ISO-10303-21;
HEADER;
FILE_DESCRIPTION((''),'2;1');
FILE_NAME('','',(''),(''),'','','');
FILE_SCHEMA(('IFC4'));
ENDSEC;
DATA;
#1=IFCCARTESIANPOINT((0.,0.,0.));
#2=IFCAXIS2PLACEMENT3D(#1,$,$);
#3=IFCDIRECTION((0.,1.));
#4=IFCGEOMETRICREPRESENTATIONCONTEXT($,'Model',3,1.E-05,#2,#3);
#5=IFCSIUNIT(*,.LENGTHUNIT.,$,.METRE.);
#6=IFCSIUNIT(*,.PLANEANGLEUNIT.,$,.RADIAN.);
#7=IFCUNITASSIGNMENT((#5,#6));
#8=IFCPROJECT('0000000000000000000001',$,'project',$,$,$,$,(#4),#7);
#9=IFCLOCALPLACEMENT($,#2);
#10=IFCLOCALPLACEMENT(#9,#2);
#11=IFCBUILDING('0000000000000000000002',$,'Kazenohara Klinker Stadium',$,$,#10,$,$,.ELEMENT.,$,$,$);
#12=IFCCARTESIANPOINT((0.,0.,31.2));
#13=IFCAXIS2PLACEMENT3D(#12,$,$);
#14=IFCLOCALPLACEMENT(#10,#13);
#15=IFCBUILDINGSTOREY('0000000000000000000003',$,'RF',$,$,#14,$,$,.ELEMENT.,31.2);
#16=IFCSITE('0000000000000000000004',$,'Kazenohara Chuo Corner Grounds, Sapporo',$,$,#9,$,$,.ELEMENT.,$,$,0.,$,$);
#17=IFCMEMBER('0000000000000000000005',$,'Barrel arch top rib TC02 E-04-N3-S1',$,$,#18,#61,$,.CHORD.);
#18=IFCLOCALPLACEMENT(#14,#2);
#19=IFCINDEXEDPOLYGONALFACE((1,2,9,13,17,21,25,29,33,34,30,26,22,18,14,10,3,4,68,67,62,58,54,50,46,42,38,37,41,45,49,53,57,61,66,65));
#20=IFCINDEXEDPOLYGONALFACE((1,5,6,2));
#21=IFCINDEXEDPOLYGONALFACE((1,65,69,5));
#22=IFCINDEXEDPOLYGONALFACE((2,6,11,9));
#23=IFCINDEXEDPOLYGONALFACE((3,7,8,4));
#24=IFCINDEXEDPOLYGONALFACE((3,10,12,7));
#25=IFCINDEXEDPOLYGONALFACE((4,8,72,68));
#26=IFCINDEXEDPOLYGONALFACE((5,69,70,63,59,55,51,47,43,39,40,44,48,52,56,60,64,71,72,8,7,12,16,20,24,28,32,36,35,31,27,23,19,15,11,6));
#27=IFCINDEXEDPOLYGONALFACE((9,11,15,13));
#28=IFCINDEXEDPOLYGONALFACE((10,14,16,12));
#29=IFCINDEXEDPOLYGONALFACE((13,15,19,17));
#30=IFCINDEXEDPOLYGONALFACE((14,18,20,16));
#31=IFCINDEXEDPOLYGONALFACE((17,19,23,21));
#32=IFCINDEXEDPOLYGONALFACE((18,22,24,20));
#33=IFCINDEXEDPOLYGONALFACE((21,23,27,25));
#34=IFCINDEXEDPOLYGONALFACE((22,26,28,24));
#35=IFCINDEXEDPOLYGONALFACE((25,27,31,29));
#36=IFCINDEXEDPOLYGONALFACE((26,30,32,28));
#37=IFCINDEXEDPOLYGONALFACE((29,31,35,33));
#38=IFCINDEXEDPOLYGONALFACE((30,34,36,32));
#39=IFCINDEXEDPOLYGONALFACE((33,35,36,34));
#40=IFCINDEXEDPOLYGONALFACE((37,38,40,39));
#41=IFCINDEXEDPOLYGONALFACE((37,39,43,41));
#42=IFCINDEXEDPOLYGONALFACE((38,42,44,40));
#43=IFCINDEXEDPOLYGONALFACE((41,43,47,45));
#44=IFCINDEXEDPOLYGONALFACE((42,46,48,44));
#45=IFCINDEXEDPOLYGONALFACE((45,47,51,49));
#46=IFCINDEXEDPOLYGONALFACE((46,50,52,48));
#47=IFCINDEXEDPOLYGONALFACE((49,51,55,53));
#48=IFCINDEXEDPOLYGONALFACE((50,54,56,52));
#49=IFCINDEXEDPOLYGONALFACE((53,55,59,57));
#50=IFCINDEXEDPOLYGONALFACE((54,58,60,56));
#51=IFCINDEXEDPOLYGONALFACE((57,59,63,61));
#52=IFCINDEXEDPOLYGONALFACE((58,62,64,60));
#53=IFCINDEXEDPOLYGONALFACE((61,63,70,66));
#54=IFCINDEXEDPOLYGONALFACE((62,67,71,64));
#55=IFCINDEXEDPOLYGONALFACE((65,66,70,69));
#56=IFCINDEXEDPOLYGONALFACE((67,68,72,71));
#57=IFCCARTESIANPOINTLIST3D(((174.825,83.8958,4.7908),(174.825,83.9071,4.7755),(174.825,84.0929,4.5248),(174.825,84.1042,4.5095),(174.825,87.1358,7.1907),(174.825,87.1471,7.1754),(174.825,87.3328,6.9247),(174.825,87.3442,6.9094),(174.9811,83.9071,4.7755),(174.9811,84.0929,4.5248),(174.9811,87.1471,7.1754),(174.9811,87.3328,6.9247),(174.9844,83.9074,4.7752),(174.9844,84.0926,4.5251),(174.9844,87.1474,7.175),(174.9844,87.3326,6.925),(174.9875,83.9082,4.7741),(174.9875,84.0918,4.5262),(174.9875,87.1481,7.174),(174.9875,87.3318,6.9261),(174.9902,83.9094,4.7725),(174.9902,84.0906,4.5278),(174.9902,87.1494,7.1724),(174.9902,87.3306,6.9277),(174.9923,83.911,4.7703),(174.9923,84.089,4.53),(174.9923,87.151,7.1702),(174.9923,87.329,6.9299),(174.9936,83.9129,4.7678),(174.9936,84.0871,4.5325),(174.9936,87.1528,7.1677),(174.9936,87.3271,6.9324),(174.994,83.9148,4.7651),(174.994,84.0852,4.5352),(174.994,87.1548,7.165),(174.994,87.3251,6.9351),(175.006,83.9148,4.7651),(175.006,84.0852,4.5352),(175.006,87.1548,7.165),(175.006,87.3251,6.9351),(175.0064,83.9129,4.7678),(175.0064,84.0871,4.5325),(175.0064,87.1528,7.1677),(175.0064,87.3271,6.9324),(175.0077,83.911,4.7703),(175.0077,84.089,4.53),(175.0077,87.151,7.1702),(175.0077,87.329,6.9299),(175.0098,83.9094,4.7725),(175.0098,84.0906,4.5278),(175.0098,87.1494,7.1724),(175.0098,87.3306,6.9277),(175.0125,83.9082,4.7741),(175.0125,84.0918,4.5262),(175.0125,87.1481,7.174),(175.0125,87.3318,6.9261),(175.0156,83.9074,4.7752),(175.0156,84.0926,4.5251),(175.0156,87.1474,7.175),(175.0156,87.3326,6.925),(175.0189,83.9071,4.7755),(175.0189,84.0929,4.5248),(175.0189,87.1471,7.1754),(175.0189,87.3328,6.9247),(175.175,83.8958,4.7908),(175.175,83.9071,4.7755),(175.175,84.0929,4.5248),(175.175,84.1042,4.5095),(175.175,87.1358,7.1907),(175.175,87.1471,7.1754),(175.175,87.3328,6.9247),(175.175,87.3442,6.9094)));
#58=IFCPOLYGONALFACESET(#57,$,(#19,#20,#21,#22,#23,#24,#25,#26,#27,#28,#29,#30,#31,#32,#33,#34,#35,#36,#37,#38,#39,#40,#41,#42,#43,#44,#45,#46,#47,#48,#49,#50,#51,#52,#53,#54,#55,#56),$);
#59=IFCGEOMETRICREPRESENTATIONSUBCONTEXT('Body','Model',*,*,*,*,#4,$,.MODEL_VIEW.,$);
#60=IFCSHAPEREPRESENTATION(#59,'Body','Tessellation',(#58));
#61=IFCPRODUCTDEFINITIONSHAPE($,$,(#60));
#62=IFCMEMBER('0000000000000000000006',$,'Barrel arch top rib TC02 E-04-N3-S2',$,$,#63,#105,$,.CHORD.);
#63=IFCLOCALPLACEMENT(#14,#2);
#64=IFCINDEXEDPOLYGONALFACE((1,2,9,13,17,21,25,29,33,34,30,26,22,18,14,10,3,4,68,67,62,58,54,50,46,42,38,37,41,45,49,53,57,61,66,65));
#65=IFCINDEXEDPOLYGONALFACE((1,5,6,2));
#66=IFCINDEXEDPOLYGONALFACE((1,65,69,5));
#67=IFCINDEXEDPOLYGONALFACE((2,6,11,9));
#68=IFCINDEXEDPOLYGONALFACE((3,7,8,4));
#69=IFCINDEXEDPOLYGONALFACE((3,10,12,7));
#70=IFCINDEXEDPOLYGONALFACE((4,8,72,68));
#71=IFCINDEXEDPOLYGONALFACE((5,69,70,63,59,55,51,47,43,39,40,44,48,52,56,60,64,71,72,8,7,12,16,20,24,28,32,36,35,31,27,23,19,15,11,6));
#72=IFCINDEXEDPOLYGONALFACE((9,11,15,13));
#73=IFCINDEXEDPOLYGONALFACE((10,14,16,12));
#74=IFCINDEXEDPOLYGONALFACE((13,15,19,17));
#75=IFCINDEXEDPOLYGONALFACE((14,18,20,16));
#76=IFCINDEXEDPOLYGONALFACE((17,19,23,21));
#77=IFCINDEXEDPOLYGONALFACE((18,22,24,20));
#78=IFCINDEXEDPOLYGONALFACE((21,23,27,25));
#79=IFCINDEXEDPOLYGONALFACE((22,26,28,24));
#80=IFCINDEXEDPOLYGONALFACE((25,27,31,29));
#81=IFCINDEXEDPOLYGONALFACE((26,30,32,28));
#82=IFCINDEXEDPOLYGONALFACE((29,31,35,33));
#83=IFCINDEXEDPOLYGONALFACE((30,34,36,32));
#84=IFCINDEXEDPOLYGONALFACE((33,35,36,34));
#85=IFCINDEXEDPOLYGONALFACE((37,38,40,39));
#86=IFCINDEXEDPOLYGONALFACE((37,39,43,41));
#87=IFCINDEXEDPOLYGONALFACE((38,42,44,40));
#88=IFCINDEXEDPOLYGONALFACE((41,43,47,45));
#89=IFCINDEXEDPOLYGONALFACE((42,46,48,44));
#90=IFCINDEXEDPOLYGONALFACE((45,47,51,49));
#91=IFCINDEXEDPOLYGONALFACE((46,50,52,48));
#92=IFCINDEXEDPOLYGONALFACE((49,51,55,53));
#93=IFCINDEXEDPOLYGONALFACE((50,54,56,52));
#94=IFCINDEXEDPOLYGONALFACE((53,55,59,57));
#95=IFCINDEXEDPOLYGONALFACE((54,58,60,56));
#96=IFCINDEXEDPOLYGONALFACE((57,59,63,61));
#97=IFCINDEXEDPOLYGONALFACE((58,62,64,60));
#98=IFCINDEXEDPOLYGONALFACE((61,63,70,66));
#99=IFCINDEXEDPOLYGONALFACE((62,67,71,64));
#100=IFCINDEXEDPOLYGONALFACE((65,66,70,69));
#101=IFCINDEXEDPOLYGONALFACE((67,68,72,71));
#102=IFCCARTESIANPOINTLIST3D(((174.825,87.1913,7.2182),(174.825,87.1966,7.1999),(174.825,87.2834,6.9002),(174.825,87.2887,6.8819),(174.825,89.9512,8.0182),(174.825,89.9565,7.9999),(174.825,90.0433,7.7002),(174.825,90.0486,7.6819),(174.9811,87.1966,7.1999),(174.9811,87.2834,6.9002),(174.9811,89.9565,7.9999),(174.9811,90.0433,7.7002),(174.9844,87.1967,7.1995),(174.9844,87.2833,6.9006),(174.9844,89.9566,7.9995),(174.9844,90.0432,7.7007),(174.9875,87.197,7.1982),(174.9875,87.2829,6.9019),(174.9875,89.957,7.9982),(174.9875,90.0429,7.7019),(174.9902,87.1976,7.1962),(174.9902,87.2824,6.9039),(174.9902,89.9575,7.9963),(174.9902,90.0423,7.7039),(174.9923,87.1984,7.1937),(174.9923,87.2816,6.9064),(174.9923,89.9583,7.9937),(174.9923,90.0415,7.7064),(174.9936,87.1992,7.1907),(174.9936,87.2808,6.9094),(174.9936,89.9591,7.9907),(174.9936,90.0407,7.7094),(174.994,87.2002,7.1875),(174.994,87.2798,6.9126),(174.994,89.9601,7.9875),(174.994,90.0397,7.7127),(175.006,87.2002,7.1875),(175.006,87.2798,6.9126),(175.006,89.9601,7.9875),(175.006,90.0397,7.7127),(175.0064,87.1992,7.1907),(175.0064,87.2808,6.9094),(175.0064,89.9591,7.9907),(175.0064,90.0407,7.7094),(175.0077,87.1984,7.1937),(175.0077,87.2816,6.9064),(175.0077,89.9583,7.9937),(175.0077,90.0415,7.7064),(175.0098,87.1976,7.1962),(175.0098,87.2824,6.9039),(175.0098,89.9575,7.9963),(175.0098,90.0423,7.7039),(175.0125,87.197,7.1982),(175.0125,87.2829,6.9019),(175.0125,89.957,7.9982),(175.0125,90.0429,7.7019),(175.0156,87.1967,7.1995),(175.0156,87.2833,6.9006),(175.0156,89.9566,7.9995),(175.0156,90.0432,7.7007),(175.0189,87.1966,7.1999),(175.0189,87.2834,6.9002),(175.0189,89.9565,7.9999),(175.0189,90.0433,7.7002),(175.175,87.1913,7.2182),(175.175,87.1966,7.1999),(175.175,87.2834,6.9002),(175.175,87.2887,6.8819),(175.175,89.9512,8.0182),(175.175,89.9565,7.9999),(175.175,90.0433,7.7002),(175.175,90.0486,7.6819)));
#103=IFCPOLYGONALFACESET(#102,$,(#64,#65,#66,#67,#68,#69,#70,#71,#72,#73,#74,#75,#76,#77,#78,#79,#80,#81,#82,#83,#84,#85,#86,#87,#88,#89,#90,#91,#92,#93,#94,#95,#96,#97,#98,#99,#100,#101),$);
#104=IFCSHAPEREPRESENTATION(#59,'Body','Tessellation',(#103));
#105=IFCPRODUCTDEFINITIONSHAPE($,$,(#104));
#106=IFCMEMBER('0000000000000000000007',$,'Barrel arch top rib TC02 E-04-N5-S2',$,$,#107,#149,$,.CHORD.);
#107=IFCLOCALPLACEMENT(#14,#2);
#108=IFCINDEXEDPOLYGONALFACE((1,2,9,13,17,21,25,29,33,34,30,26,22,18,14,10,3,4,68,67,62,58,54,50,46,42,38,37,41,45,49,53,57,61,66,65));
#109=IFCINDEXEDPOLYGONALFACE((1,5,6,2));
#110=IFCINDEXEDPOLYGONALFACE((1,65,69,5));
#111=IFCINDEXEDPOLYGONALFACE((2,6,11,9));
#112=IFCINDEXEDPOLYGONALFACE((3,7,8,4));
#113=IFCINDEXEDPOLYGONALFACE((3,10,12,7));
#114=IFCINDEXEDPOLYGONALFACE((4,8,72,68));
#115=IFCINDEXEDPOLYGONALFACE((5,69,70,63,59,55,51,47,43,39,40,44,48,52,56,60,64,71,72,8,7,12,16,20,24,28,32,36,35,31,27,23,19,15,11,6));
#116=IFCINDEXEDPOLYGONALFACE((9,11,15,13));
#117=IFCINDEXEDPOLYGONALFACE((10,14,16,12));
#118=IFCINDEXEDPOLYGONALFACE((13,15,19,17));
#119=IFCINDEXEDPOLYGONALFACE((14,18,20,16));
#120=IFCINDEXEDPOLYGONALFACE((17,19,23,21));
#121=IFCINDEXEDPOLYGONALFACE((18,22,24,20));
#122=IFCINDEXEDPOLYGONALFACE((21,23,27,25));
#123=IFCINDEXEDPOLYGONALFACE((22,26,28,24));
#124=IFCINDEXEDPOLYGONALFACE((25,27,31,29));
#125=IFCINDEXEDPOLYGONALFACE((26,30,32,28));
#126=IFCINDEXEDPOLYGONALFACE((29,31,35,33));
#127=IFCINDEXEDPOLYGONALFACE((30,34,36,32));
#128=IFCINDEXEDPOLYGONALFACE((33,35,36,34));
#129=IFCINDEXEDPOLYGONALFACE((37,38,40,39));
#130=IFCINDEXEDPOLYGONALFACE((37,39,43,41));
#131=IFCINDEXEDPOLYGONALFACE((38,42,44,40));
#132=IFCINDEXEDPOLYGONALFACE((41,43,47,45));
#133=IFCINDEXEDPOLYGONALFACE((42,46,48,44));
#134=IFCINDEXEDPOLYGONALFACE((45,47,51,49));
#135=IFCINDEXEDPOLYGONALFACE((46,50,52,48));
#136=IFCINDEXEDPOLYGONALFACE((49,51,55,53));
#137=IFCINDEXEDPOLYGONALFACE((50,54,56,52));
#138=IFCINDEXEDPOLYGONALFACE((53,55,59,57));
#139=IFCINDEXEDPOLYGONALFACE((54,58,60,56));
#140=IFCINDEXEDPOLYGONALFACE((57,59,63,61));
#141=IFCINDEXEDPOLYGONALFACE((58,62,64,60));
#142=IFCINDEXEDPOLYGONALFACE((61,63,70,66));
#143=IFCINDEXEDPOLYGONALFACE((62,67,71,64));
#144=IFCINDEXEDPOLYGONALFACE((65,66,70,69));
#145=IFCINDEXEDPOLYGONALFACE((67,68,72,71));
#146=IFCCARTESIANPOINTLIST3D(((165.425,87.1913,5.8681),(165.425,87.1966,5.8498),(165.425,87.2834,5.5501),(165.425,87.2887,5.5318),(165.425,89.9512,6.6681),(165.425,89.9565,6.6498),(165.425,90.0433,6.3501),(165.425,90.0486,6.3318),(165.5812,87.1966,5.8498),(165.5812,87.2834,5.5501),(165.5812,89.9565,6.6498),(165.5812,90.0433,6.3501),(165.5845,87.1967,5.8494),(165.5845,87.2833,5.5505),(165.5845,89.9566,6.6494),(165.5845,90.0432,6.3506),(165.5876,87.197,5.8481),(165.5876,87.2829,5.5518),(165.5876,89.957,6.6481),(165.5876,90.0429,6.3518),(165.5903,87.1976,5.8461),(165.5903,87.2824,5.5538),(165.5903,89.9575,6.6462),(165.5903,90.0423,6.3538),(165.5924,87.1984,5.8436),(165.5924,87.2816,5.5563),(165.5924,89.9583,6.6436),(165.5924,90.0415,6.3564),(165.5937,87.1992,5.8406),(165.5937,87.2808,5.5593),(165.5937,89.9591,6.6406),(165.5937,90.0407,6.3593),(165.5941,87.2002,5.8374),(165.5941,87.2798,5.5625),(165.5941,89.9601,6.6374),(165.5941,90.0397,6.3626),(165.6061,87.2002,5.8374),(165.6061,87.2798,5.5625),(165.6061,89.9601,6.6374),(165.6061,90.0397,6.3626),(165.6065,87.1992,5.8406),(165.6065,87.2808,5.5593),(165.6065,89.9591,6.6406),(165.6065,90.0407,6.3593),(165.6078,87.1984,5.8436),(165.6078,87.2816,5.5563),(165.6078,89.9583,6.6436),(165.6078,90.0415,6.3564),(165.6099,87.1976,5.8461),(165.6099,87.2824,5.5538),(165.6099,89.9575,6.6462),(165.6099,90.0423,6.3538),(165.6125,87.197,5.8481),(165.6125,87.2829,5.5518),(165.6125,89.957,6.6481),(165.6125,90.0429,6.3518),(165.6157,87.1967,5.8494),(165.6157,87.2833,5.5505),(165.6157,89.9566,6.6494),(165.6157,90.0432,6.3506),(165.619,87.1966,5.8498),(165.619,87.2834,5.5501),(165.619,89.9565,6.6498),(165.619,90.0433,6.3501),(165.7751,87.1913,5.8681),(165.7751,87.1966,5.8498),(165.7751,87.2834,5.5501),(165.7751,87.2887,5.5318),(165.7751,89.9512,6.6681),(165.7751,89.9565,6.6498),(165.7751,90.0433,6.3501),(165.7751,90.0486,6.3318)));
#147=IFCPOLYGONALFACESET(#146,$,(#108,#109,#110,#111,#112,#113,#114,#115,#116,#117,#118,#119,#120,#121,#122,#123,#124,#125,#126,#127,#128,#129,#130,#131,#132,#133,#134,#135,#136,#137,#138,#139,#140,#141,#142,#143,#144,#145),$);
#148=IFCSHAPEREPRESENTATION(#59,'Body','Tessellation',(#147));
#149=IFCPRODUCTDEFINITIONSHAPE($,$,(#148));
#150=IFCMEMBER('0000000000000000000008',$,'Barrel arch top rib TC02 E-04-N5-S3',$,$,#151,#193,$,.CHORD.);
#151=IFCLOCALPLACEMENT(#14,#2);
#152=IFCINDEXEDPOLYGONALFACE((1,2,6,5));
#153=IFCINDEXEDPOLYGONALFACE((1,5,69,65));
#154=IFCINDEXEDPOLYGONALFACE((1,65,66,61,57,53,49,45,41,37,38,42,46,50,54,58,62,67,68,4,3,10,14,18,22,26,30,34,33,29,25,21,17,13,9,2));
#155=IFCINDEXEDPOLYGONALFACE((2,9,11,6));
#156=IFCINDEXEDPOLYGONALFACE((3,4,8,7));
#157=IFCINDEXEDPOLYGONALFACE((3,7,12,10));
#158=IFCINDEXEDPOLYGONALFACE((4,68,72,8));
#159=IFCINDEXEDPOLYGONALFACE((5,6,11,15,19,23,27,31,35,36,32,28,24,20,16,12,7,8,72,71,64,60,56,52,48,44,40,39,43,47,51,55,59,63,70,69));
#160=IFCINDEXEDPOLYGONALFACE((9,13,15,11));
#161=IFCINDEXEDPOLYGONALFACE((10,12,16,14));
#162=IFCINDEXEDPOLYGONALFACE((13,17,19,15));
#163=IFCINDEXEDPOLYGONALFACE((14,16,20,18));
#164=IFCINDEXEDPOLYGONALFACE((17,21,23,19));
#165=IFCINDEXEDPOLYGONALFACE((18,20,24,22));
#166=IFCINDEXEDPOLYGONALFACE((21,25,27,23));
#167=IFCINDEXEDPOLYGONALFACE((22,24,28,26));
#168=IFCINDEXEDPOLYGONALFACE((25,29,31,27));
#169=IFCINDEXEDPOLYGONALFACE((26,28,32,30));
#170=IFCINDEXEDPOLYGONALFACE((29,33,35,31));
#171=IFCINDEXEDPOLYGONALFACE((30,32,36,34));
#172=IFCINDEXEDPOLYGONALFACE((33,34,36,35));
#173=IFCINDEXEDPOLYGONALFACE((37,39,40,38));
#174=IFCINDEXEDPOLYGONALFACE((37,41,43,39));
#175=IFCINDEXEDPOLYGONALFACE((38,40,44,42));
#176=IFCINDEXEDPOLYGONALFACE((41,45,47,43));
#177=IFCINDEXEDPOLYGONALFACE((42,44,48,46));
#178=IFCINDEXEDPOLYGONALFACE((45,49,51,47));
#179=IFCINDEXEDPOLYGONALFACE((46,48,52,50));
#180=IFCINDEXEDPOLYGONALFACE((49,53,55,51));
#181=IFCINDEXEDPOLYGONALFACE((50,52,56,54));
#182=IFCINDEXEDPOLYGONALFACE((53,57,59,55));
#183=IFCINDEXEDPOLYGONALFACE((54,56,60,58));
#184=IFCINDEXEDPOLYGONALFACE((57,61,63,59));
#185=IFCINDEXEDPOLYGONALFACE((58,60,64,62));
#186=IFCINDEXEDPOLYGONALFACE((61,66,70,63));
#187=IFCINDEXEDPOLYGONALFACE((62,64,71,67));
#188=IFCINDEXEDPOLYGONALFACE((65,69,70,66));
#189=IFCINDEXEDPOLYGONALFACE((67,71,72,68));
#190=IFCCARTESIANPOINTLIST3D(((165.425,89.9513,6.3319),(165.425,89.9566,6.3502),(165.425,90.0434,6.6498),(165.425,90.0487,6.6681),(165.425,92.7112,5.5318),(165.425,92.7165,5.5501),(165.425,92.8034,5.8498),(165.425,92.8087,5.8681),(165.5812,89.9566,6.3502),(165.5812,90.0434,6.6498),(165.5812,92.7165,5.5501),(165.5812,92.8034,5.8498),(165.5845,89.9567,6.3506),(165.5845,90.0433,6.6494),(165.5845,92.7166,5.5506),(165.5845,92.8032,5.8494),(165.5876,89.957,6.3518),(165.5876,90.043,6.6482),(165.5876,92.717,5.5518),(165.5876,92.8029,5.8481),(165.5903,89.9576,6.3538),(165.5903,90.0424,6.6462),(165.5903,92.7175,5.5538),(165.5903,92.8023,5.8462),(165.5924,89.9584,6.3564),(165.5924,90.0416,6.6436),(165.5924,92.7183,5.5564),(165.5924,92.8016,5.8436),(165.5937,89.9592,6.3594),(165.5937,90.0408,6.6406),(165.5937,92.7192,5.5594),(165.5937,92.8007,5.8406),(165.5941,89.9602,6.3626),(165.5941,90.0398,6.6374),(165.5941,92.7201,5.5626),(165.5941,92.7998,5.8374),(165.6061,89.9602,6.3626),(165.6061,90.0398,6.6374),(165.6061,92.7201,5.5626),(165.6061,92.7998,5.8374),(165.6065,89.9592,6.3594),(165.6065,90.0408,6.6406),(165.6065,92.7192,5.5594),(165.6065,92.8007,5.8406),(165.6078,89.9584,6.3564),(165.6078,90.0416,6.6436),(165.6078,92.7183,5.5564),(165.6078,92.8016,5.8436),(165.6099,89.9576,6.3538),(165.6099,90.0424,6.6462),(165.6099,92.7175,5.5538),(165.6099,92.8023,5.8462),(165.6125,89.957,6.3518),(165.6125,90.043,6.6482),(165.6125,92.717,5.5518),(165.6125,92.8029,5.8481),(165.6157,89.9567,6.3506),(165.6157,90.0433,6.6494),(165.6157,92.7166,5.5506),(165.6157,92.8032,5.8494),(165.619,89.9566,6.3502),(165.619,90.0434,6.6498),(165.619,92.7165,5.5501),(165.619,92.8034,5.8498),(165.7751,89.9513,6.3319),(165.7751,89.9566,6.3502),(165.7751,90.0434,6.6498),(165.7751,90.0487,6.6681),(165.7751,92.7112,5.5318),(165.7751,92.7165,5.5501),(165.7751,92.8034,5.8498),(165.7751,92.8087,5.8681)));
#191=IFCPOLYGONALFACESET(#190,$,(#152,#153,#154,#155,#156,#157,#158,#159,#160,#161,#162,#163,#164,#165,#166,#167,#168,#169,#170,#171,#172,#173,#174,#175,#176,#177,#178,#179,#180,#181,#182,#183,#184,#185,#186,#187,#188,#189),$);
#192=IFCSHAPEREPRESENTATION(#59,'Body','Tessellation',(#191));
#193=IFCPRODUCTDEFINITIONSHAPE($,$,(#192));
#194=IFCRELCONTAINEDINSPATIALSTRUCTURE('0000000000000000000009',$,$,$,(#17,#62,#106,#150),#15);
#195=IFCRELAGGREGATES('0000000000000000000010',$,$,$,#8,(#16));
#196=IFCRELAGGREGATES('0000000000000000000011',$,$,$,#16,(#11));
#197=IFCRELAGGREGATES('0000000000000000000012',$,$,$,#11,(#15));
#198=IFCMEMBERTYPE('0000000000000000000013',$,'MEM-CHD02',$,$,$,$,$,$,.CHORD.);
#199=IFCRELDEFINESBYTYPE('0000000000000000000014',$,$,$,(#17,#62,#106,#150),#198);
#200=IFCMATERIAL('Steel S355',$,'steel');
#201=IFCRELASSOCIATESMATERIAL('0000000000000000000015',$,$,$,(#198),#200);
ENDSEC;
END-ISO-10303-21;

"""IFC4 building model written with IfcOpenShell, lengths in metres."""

from ifc_helpers import new_model, si_unit, direction, frame, origin, origin_2d, place, context, subcontext, project, spatial, i_section, extrude, material, material_profile, profile_set, type_object, element, save


model = new_model("IFC4")

# Units and contexts
model_context = context("Model", 3, precision=1e-05, world=origin(), true_north=direction((0.0, 1.0)))
body_context = subcontext(model_context, "Body", "Model", "MODEL_VIEW")
ifc_project = project(units=[si_unit("LENGTHUNIT", "METRE"), si_unit("PLANEANGLEUNIT", "RADIAN")], contexts=[model_context])

# Site, building, storey
site_placement = place(None, origin())
site = spatial("IfcSite", under=ifc_project, at=site_placement, Name="Kazenohara Chuo Corner Grounds, Sapporo", CompositionType="ELEMENT", RefElevation=0.0)
building_placement = place(site_placement, origin())
building = spatial("IfcBuilding", under=site, at=building_placement, Name="Kazenohara Klinker Stadium", CompositionType="ELEMENT")
storey_placement = place(building_placement, frame((0.0, 0.0, 31.2)))
storey = spatial("IfcBuildingStorey", under=building, at=storey_placement, Name="RF", CompositionType="ELEMENT", Elevation=31.2)

# Members
ifc_material_1 = material(Name="Steel S355", Category="steel")
ifc_material_profile_1 = material_profile(ifc_material_1, i_section(OverallWidth=0.3501, OverallDepth=0.3501, WebThickness=0.012, FlangeThickness=0.019, FilletRadius=0.0129, at=origin_2d()), Name="H-350x350x12x19")
ifc_profile_set_1 = profile_set([ifc_material_profile_1], Name="Steel S355")
member_type_1 = type_object("IfcMemberType", Name="MEM-CHD02", PredefinedType="CHORD", material=ifc_profile_set_1)
member_1_placement = place(storey_placement, frame((175.0, 84.0, 4.6501), z_axis=(0.0, 0.803568, 0.595213), x_axis=(-1.0, 0.0, 0.0)))
element("IfcMember", 1, at=member_1_placement, inside=storey, type_object=member_type_1, Name="Barrel arch top rib TC02 E-04-N3-S1", PredefinedType="CHORD", context=body_context, shape_type="SweptSolid", body=[
    extrude(i_section(OverallWidth=0.3501, OverallDepth=0.3501, WebThickness=0.012, FlangeThickness=0.019, FilletRadius=0.0129, at=origin_2d()), origin(), (0.0, 0.0, 1.0), 4.032),
])
for number, where, z_axis, x_axis, name in (
    (2, (175.0, 87.24, 7.05), (0.0, 0.960462, 0.278411), (-1.0, 0.0, 0.0), "Barrel arch top rib TC02 E-04-N3-S2"),
    (3, (165.6001, 87.24, 5.7), (0.0, 0.960462, 0.278411), (-1.0, 0.0, 0.0), "Barrel arch top rib TC02 E-04-N5-S2"),
    (4, (165.6001, 90.0, 6.5), (0.0, 0.960462, -0.278411), (-1.0, 0.0, 0.0), "Barrel arch top rib TC02 E-04-N5-S3"),
):
    element("IfcMember", number, at=place(storey_placement, frame(where, z_axis=z_axis, x_axis=x_axis)), inside=storey, type_object=member_type_1, Name=name, PredefinedType="CHORD", context=body_context, shape_type="SweptSolid", body=[
        extrude(i_section(OverallWidth=0.3501, OverallDepth=0.3501, WebThickness=0.012, FlangeThickness=0.019, FilletRadius=0.0129, at=origin_2d()), origin(), (0.0, 0.0, 1.0), 2.8735),
    ])

save(model, "model.ifc")
